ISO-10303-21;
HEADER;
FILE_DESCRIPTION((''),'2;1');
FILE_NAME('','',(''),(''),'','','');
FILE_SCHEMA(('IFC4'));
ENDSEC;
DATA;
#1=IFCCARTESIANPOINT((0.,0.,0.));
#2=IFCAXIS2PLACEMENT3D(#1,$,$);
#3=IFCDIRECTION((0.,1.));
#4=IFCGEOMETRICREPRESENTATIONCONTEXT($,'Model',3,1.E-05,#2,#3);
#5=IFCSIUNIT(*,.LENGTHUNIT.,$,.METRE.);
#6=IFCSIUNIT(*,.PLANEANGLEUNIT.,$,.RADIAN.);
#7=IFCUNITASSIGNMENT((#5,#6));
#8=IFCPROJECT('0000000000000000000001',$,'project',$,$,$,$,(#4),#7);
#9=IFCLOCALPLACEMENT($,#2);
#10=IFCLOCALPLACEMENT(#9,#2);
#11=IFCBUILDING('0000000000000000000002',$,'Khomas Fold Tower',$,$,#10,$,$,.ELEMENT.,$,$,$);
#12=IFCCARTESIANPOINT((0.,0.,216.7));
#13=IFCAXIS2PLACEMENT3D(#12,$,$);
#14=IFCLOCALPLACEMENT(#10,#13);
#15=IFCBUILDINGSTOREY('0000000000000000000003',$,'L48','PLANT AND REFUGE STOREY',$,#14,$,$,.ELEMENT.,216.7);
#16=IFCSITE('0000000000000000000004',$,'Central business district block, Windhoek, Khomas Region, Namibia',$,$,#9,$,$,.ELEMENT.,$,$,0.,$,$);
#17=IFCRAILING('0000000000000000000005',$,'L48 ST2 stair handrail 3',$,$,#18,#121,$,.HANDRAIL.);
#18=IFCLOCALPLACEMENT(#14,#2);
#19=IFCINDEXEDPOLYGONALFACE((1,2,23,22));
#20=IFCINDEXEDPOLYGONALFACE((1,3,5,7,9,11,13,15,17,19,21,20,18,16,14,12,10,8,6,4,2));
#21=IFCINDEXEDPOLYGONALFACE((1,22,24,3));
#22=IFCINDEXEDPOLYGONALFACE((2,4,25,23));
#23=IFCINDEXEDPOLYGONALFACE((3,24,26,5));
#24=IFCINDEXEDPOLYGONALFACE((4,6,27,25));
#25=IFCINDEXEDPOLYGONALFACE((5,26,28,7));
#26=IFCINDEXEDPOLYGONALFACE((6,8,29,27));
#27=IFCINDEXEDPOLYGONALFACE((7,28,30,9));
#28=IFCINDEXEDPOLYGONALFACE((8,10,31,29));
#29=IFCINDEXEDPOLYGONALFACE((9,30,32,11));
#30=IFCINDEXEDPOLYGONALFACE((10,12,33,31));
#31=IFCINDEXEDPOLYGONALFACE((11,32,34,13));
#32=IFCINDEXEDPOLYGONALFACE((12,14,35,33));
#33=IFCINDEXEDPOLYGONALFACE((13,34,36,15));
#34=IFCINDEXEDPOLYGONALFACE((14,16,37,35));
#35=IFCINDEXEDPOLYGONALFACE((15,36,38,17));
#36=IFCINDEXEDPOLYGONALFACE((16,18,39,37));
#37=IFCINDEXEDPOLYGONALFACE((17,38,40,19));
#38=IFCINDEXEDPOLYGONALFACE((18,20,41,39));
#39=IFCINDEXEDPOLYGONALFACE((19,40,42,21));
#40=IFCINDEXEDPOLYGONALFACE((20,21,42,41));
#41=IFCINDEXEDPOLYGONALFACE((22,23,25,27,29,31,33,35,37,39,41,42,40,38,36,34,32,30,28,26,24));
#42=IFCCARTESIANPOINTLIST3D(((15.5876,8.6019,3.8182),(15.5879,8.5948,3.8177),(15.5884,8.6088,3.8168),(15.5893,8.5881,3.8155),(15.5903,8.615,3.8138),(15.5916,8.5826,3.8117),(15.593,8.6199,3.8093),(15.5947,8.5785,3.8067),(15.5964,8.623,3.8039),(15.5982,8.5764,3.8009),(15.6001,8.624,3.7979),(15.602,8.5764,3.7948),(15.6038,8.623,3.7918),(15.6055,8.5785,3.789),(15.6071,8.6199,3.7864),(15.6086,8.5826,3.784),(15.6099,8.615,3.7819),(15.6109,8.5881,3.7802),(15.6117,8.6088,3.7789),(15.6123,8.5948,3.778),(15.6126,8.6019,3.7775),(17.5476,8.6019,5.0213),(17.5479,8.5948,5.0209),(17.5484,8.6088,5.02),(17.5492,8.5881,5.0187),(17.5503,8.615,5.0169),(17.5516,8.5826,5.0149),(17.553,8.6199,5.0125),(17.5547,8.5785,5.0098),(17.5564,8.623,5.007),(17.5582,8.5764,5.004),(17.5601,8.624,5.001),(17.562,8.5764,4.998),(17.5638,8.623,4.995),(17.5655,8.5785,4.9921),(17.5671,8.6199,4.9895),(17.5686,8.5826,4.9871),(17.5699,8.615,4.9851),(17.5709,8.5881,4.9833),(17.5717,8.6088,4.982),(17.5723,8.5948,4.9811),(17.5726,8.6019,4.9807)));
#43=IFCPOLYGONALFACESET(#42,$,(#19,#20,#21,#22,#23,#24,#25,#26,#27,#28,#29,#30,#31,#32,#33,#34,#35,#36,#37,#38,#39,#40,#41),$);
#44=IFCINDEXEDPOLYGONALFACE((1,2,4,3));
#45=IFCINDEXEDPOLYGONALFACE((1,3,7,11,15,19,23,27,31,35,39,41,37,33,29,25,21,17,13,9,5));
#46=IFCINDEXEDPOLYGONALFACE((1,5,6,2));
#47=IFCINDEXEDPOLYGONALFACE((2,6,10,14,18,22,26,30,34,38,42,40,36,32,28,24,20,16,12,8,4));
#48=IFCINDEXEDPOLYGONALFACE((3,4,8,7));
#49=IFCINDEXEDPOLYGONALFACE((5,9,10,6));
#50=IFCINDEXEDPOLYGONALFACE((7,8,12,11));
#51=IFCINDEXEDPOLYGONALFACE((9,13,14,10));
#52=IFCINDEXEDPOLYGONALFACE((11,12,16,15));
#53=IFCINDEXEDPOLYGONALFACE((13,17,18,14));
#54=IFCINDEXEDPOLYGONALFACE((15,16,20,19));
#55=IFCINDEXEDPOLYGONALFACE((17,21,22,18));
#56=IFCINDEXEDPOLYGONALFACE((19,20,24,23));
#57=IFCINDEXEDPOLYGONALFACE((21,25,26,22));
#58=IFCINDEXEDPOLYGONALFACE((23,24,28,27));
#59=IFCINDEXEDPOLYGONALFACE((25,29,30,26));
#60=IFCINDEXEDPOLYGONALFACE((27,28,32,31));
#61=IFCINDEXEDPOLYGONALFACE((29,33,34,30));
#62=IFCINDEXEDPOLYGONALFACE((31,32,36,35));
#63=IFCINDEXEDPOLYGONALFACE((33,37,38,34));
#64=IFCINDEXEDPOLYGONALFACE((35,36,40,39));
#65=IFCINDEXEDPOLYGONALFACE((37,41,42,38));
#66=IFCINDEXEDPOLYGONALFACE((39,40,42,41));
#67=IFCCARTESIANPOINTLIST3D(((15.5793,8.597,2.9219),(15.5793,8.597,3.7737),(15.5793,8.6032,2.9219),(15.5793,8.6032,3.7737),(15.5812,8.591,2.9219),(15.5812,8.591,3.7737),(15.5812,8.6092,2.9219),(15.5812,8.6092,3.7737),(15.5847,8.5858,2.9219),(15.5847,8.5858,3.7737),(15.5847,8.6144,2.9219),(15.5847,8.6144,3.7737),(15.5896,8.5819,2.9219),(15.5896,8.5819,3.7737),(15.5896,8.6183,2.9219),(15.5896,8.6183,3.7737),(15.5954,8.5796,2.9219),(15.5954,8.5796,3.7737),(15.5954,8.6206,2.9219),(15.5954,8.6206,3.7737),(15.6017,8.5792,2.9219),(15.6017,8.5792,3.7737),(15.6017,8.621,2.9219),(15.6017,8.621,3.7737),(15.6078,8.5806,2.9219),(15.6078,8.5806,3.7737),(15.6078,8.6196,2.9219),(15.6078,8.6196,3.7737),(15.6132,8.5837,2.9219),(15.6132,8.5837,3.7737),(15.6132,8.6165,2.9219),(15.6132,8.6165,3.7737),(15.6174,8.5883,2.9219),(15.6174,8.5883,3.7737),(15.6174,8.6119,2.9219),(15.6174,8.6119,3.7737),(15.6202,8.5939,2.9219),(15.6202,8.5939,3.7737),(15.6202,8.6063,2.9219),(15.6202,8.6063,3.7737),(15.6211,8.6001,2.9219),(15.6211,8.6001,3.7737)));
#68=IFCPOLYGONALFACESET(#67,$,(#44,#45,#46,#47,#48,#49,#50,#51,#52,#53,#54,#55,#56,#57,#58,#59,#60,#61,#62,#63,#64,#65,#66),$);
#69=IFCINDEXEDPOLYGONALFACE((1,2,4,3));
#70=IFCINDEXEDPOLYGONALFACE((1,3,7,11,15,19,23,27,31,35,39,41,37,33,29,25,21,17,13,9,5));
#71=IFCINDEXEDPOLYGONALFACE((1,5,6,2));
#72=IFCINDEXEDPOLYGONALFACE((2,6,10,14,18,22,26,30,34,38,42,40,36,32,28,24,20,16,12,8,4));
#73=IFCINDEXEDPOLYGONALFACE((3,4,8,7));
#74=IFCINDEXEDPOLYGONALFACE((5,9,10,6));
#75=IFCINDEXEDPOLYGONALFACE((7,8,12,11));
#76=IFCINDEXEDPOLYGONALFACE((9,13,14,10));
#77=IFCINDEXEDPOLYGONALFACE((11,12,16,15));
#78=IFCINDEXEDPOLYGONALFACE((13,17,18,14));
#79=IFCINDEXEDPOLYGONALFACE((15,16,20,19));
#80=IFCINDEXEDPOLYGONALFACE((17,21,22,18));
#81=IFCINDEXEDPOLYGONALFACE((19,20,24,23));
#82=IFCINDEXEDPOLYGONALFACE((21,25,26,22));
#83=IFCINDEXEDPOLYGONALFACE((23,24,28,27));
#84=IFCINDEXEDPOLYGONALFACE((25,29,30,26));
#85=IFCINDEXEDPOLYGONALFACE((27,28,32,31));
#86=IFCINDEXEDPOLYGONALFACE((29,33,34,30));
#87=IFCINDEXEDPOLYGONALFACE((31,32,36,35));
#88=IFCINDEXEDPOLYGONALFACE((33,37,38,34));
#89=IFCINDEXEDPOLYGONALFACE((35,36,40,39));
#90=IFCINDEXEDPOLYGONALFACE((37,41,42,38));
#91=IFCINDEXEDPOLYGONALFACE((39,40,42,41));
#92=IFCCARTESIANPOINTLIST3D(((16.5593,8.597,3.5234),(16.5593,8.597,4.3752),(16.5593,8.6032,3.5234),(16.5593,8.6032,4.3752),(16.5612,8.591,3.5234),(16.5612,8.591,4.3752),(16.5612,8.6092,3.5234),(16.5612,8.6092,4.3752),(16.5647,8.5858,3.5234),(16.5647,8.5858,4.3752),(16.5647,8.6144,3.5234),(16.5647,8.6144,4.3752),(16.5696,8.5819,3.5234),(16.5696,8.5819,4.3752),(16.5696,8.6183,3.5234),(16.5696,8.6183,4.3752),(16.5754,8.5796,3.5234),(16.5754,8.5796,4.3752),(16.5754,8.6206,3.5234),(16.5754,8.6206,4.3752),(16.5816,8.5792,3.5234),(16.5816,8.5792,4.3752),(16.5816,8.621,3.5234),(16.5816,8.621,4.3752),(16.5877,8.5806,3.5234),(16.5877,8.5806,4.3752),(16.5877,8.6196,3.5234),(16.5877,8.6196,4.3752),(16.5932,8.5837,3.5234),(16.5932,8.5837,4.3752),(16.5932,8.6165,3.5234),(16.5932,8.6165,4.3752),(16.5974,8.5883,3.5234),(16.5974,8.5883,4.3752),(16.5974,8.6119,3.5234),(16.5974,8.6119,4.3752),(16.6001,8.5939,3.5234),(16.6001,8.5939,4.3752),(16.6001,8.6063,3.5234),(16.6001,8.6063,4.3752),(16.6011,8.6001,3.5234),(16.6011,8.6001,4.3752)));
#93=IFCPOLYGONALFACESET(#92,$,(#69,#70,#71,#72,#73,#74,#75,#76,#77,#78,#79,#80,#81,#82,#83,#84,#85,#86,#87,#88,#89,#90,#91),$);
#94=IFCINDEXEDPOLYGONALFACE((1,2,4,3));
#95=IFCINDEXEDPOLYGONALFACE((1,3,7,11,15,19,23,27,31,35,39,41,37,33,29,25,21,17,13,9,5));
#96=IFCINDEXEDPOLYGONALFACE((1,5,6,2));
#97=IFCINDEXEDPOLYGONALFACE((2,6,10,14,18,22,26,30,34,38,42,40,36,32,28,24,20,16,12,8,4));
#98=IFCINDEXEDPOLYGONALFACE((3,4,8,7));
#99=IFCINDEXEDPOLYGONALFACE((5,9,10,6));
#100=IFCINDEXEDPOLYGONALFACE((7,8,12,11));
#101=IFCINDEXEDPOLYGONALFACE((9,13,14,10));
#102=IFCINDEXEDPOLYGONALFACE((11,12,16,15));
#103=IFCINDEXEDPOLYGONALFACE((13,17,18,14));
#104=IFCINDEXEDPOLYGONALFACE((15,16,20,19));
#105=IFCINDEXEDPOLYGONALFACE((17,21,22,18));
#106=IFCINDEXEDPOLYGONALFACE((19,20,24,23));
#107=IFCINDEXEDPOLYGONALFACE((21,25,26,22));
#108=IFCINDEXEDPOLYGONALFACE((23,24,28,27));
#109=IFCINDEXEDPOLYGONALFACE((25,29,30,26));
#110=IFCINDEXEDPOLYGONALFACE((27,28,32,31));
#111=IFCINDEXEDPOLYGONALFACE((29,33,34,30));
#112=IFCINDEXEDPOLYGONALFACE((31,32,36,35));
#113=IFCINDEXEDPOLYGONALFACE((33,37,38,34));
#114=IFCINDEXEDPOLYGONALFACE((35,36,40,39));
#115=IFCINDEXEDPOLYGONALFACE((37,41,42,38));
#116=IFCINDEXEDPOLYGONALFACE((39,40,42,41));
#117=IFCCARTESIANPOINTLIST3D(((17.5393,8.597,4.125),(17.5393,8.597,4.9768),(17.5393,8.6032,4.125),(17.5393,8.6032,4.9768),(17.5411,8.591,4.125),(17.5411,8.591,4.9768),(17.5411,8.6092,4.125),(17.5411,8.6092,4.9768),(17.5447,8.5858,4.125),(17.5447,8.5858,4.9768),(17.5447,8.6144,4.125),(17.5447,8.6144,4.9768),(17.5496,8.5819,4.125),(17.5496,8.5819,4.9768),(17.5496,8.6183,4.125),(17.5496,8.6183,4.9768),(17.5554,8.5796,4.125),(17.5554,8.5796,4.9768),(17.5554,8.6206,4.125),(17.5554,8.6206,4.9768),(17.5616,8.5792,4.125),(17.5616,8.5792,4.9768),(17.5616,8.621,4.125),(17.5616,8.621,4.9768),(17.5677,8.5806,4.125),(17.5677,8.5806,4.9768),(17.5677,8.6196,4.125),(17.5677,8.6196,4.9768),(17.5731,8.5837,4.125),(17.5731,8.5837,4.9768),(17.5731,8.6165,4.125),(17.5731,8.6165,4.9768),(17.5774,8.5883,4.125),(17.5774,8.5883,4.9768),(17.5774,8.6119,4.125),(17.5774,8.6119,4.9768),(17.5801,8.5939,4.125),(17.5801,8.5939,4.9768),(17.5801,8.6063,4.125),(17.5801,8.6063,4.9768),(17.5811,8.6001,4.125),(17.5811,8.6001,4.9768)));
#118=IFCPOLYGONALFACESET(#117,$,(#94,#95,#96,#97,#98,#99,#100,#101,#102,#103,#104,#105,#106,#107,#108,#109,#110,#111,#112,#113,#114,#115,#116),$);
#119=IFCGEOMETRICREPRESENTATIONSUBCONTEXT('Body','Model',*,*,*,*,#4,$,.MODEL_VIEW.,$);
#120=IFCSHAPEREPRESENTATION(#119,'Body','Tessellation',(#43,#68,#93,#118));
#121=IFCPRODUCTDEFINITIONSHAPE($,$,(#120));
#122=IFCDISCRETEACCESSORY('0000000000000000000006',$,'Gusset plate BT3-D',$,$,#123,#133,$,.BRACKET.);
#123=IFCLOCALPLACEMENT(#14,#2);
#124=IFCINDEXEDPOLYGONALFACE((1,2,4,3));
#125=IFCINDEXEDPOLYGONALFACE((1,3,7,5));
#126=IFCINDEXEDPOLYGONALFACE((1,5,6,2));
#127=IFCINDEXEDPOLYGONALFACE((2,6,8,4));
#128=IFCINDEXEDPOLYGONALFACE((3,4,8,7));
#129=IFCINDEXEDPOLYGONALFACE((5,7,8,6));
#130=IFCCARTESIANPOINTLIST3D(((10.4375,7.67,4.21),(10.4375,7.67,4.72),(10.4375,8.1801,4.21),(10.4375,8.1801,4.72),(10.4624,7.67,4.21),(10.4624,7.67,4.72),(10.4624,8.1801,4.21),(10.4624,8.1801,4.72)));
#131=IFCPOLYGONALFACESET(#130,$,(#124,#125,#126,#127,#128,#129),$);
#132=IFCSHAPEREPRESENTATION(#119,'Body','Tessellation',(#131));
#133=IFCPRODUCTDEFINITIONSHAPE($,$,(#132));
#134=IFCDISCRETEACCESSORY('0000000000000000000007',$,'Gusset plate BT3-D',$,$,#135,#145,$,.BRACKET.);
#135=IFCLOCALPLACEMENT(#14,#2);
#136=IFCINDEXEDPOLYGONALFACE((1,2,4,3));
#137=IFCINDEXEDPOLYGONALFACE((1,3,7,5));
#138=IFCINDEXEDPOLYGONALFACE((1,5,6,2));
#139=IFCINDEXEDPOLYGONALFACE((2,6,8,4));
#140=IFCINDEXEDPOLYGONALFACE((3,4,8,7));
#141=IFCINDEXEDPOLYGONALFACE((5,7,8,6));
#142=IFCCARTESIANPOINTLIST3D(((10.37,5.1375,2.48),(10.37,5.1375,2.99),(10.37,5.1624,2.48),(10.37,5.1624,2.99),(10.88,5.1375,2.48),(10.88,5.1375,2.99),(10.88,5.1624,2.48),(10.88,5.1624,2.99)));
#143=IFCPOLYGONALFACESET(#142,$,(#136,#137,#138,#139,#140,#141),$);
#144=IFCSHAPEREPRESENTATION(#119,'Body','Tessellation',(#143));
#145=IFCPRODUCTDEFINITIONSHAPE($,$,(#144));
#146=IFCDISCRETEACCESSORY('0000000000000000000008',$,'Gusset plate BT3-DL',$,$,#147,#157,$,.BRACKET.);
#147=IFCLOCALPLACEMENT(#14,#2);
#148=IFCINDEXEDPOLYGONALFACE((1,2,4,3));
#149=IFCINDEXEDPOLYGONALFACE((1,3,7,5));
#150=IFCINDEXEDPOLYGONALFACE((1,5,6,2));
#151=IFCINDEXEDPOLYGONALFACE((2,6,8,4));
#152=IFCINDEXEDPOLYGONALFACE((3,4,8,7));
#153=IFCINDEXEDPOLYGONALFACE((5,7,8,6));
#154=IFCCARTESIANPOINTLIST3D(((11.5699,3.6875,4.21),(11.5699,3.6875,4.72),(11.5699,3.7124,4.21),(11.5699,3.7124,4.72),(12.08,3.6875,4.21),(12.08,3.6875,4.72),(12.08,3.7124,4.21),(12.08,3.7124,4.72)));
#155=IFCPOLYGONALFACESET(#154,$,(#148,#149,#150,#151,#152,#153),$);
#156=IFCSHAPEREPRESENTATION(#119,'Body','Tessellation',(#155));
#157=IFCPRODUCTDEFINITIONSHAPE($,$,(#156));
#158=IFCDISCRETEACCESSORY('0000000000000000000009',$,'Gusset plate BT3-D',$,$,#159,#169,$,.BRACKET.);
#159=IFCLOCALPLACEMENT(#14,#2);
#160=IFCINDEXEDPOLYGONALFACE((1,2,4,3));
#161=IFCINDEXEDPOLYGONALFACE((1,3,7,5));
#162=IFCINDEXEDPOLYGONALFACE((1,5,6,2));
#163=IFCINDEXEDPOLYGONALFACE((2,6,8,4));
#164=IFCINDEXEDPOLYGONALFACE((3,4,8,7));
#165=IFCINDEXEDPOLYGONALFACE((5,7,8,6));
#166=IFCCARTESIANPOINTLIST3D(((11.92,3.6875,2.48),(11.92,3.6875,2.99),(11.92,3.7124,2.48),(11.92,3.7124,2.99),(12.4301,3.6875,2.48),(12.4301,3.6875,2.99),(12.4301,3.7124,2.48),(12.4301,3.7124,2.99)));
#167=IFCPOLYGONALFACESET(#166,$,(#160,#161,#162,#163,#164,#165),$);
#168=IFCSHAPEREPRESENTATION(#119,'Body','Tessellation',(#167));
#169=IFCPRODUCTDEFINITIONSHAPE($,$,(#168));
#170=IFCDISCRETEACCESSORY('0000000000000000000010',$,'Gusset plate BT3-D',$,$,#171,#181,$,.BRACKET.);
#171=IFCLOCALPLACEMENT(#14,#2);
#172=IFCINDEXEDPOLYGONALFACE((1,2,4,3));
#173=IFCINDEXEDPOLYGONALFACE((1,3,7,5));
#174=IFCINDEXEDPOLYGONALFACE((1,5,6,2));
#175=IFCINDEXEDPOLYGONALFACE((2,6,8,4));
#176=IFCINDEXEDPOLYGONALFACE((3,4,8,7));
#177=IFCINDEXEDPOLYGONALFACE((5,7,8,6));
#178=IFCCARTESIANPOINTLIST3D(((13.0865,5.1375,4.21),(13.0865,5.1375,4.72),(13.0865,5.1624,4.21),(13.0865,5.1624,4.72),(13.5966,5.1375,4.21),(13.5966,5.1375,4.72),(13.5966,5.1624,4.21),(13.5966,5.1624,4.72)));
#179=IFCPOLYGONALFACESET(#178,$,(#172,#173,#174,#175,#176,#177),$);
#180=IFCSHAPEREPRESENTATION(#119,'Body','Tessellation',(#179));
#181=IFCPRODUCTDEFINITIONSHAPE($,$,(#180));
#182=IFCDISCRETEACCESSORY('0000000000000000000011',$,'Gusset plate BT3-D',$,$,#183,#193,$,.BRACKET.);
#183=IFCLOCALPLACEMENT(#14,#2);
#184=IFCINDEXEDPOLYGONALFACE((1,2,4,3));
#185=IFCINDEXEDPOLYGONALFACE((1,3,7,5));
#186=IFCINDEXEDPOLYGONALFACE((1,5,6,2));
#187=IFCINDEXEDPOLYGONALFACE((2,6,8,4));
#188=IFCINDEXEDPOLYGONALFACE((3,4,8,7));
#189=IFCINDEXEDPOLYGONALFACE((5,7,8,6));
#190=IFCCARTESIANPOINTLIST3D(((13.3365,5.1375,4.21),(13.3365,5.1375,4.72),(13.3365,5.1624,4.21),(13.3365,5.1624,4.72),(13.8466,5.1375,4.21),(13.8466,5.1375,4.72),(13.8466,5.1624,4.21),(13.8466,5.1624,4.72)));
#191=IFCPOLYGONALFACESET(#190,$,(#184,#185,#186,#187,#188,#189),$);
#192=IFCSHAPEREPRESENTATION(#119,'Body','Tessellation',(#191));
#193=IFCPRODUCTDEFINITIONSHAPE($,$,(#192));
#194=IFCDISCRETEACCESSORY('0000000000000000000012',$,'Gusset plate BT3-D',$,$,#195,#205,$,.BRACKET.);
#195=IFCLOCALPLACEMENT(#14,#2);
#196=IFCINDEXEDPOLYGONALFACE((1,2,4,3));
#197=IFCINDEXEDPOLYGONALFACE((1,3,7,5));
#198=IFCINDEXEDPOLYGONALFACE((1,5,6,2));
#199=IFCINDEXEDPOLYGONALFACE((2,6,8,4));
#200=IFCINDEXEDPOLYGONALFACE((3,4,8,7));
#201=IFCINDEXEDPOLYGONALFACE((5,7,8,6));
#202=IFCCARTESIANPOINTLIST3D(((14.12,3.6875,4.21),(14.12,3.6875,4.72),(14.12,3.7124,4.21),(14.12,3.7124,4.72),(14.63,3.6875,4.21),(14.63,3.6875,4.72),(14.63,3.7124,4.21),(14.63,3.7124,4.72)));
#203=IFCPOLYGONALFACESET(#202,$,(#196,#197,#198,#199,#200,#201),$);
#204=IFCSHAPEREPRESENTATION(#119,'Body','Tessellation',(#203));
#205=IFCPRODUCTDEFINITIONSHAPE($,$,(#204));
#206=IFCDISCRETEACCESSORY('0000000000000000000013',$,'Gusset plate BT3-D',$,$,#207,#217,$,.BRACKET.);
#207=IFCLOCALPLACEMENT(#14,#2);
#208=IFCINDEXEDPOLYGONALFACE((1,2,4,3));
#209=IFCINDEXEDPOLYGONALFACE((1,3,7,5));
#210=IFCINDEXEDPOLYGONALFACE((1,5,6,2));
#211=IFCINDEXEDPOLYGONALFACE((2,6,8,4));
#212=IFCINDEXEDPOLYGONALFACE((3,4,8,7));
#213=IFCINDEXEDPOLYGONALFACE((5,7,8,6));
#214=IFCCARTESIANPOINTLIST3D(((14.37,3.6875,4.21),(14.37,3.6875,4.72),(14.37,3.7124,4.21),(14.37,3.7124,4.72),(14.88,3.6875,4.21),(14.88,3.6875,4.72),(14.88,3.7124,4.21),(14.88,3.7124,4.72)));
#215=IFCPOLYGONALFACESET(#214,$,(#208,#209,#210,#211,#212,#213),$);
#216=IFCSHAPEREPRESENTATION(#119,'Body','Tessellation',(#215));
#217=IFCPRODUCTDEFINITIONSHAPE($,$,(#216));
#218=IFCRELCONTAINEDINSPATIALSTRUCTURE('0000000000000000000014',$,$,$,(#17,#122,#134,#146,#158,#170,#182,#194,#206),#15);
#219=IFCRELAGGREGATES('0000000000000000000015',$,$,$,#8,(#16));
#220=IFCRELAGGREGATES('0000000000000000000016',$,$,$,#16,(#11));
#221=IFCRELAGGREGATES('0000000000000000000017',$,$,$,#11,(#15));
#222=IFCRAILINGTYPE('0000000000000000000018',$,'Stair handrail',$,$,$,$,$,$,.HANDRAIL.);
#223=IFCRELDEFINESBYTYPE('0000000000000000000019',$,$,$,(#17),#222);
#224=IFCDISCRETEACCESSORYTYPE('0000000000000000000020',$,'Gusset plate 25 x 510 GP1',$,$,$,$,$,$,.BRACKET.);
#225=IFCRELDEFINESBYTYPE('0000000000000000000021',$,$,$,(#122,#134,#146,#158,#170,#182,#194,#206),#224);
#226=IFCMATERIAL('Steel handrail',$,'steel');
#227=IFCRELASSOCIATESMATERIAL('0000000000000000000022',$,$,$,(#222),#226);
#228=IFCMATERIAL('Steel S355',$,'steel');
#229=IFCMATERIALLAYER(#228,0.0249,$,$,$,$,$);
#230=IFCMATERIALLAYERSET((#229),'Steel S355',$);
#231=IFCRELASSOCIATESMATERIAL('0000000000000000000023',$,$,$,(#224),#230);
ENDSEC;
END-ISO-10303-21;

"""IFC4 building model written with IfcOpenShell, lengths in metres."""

from ifc_helpers import new_model, si_unit, direction, frame, origin, origin_2d, place, context, subcontext, project, spatial, rectangle, circle, extrude, source, transform, mapped, material, layer, layer_set, type_object, element, save


model = new_model("IFC4")

# Units and contexts
model_context = context("Model", 3, precision=1e-05, world=origin(), true_north=direction((0.0, 1.0)))
body_context = subcontext(model_context, "Body", "Model", "MODEL_VIEW")
ifc_project = project(units=[si_unit("LENGTHUNIT", "METRE"), si_unit("PLANEANGLEUNIT", "RADIAN")], contexts=[model_context])

# Site, building, storey
site_placement = place(None, origin())
site = spatial("IfcSite", under=ifc_project, at=site_placement, Name="Central business district block, Windhoek, Khomas Region, Namibia", CompositionType="ELEMENT", RefElevation=0.0)
building_placement = place(site_placement, origin())
building = spatial("IfcBuilding", under=site, at=building_placement, Name="Khomas Fold Tower", CompositionType="ELEMENT")
storey_placement = place(building_placement, frame((0.0, 0.0, 216.7)))
storey = spatial("IfcBuildingStorey", under=building, at=storey_placement, Name="L48", Description="PLANT AND REFUGE STOREY", CompositionType="ELEMENT", Elevation=216.7)

# Railing
ifc_material_1 = material(Name="Steel handrail", Category="steel")
railing_type = type_object("IfcRailingType", Name="Stair handrail", PredefinedType="HANDRAIL", material=ifc_material_1)
shared_shape_1 = source(origin(), body_context, "Body", "SweptSolid", [
    extrude(circle(Radius=0.0239, at=origin_2d()), frame((0.0, 0.0, 0.876), z_axis=(0.852241, 0.0, 0.523149), x_axis=(0.0, 1.0, 0.0)), (0.0, 0.0, 1.0), 2.2998),
    extrude(circle(Radius=0.021, at=origin_2d()), origin(), (0.0, 0.0, 1.0), 0.8518),
    extrude(circle(Radius=0.021, at=origin_2d()), frame((0.98, 0.0, 0.6016)), (0.0, 0.0, 1.0), 0.8518),
    extrude(circle(Radius=0.021, at=origin_2d()), frame((1.96, 0.0, 1.2031)), (0.0, 0.0, 1.0), 0.8518),
])
for number, where, name in (
    (1, (15.6001, 8.6001, 2.9219), "L48 ST2 stair handrail 3"),
):
    element("IfcRailing", number, at=place(storey_placement, frame(where)), inside=storey, type_object=railing_type, Name=name, PredefinedType="HANDRAIL", context=body_context, shape_type="MappedRepresentation", body=[
        mapped(shared_shape_1, transform((0.0, 0.0, 0.0))),
    ])

# Discrete accessories
ifc_material_2 = material(Name="Steel S355", Category="steel")
ifc_layer_1 = layer(ifc_material_2, 0.0249)
ifc_layer_set_1 = layer_set([ifc_layer_1], Name="Steel S355")
discrete_accessory_type = type_object("IfcDiscreteAccessoryType", Name="Gusset plate 25 x 510 GP1", PredefinedType="BRACKET", material=ifc_layer_set_1)
shared_shape_2 = source(origin(), body_context, "Body", "SweptSolid", [
    extrude(rectangle(XDim=0.51, YDim=0.0249, at=origin_2d()), origin(), (0.0, 0.0, 1.0), 0.51),
])
for number, where, z_axis, x_axis, name in (
    (2, (10.45, 7.925, 4.21), (0.0, 0.0, 1.0), (0.0, 1.0, 0.0), "Gusset plate BT3-D"),
    (3, (10.625, 5.1499, 2.48), (0.0, 0.0, 1.0), (1.0, 0.0, 0.0), "Gusset plate BT3-D"),
    (4, (11.825, 3.7, 4.21), (0.0, 0.0, 1.0), (1.0, 0.0, 0.0), "Gusset plate BT3-DL"),
    (5, (12.175, 3.7, 2.48), (0.0, 0.0, 1.0), (1.0, 0.0, 0.0), "Gusset plate BT3-D"),
    (6, (13.3416, 5.1499, 4.21), (0.0, 0.0, 1.0), (1.0, 0.0, 0.0), "Gusset plate BT3-D"),
    (7, (13.5916, 5.1499, 4.21), (0.0, 0.0, 1.0), (1.0, 0.0, 0.0), "Gusset plate BT3-D"),
    (8, (14.375, 3.7, 4.21), (0.0, 0.0, 1.0), (1.0, 0.0, 0.0), "Gusset plate BT3-D"),
    (9, (14.625, 3.7, 4.21), (0.0, 0.0, 1.0), (1.0, 0.0, 0.0), "Gusset plate BT3-D"),
):
    element("IfcDiscreteAccessory", number, at=place(storey_placement, frame(where, z_axis=z_axis, x_axis=x_axis)), inside=storey, type_object=discrete_accessory_type, Name=name, PredefinedType="BRACKET", context=body_context, shape_type="MappedRepresentation", body=[
        mapped(shared_shape_2, transform((0.0, 0.0, 0.0))),
    ])

save(model, "model.ifc")
